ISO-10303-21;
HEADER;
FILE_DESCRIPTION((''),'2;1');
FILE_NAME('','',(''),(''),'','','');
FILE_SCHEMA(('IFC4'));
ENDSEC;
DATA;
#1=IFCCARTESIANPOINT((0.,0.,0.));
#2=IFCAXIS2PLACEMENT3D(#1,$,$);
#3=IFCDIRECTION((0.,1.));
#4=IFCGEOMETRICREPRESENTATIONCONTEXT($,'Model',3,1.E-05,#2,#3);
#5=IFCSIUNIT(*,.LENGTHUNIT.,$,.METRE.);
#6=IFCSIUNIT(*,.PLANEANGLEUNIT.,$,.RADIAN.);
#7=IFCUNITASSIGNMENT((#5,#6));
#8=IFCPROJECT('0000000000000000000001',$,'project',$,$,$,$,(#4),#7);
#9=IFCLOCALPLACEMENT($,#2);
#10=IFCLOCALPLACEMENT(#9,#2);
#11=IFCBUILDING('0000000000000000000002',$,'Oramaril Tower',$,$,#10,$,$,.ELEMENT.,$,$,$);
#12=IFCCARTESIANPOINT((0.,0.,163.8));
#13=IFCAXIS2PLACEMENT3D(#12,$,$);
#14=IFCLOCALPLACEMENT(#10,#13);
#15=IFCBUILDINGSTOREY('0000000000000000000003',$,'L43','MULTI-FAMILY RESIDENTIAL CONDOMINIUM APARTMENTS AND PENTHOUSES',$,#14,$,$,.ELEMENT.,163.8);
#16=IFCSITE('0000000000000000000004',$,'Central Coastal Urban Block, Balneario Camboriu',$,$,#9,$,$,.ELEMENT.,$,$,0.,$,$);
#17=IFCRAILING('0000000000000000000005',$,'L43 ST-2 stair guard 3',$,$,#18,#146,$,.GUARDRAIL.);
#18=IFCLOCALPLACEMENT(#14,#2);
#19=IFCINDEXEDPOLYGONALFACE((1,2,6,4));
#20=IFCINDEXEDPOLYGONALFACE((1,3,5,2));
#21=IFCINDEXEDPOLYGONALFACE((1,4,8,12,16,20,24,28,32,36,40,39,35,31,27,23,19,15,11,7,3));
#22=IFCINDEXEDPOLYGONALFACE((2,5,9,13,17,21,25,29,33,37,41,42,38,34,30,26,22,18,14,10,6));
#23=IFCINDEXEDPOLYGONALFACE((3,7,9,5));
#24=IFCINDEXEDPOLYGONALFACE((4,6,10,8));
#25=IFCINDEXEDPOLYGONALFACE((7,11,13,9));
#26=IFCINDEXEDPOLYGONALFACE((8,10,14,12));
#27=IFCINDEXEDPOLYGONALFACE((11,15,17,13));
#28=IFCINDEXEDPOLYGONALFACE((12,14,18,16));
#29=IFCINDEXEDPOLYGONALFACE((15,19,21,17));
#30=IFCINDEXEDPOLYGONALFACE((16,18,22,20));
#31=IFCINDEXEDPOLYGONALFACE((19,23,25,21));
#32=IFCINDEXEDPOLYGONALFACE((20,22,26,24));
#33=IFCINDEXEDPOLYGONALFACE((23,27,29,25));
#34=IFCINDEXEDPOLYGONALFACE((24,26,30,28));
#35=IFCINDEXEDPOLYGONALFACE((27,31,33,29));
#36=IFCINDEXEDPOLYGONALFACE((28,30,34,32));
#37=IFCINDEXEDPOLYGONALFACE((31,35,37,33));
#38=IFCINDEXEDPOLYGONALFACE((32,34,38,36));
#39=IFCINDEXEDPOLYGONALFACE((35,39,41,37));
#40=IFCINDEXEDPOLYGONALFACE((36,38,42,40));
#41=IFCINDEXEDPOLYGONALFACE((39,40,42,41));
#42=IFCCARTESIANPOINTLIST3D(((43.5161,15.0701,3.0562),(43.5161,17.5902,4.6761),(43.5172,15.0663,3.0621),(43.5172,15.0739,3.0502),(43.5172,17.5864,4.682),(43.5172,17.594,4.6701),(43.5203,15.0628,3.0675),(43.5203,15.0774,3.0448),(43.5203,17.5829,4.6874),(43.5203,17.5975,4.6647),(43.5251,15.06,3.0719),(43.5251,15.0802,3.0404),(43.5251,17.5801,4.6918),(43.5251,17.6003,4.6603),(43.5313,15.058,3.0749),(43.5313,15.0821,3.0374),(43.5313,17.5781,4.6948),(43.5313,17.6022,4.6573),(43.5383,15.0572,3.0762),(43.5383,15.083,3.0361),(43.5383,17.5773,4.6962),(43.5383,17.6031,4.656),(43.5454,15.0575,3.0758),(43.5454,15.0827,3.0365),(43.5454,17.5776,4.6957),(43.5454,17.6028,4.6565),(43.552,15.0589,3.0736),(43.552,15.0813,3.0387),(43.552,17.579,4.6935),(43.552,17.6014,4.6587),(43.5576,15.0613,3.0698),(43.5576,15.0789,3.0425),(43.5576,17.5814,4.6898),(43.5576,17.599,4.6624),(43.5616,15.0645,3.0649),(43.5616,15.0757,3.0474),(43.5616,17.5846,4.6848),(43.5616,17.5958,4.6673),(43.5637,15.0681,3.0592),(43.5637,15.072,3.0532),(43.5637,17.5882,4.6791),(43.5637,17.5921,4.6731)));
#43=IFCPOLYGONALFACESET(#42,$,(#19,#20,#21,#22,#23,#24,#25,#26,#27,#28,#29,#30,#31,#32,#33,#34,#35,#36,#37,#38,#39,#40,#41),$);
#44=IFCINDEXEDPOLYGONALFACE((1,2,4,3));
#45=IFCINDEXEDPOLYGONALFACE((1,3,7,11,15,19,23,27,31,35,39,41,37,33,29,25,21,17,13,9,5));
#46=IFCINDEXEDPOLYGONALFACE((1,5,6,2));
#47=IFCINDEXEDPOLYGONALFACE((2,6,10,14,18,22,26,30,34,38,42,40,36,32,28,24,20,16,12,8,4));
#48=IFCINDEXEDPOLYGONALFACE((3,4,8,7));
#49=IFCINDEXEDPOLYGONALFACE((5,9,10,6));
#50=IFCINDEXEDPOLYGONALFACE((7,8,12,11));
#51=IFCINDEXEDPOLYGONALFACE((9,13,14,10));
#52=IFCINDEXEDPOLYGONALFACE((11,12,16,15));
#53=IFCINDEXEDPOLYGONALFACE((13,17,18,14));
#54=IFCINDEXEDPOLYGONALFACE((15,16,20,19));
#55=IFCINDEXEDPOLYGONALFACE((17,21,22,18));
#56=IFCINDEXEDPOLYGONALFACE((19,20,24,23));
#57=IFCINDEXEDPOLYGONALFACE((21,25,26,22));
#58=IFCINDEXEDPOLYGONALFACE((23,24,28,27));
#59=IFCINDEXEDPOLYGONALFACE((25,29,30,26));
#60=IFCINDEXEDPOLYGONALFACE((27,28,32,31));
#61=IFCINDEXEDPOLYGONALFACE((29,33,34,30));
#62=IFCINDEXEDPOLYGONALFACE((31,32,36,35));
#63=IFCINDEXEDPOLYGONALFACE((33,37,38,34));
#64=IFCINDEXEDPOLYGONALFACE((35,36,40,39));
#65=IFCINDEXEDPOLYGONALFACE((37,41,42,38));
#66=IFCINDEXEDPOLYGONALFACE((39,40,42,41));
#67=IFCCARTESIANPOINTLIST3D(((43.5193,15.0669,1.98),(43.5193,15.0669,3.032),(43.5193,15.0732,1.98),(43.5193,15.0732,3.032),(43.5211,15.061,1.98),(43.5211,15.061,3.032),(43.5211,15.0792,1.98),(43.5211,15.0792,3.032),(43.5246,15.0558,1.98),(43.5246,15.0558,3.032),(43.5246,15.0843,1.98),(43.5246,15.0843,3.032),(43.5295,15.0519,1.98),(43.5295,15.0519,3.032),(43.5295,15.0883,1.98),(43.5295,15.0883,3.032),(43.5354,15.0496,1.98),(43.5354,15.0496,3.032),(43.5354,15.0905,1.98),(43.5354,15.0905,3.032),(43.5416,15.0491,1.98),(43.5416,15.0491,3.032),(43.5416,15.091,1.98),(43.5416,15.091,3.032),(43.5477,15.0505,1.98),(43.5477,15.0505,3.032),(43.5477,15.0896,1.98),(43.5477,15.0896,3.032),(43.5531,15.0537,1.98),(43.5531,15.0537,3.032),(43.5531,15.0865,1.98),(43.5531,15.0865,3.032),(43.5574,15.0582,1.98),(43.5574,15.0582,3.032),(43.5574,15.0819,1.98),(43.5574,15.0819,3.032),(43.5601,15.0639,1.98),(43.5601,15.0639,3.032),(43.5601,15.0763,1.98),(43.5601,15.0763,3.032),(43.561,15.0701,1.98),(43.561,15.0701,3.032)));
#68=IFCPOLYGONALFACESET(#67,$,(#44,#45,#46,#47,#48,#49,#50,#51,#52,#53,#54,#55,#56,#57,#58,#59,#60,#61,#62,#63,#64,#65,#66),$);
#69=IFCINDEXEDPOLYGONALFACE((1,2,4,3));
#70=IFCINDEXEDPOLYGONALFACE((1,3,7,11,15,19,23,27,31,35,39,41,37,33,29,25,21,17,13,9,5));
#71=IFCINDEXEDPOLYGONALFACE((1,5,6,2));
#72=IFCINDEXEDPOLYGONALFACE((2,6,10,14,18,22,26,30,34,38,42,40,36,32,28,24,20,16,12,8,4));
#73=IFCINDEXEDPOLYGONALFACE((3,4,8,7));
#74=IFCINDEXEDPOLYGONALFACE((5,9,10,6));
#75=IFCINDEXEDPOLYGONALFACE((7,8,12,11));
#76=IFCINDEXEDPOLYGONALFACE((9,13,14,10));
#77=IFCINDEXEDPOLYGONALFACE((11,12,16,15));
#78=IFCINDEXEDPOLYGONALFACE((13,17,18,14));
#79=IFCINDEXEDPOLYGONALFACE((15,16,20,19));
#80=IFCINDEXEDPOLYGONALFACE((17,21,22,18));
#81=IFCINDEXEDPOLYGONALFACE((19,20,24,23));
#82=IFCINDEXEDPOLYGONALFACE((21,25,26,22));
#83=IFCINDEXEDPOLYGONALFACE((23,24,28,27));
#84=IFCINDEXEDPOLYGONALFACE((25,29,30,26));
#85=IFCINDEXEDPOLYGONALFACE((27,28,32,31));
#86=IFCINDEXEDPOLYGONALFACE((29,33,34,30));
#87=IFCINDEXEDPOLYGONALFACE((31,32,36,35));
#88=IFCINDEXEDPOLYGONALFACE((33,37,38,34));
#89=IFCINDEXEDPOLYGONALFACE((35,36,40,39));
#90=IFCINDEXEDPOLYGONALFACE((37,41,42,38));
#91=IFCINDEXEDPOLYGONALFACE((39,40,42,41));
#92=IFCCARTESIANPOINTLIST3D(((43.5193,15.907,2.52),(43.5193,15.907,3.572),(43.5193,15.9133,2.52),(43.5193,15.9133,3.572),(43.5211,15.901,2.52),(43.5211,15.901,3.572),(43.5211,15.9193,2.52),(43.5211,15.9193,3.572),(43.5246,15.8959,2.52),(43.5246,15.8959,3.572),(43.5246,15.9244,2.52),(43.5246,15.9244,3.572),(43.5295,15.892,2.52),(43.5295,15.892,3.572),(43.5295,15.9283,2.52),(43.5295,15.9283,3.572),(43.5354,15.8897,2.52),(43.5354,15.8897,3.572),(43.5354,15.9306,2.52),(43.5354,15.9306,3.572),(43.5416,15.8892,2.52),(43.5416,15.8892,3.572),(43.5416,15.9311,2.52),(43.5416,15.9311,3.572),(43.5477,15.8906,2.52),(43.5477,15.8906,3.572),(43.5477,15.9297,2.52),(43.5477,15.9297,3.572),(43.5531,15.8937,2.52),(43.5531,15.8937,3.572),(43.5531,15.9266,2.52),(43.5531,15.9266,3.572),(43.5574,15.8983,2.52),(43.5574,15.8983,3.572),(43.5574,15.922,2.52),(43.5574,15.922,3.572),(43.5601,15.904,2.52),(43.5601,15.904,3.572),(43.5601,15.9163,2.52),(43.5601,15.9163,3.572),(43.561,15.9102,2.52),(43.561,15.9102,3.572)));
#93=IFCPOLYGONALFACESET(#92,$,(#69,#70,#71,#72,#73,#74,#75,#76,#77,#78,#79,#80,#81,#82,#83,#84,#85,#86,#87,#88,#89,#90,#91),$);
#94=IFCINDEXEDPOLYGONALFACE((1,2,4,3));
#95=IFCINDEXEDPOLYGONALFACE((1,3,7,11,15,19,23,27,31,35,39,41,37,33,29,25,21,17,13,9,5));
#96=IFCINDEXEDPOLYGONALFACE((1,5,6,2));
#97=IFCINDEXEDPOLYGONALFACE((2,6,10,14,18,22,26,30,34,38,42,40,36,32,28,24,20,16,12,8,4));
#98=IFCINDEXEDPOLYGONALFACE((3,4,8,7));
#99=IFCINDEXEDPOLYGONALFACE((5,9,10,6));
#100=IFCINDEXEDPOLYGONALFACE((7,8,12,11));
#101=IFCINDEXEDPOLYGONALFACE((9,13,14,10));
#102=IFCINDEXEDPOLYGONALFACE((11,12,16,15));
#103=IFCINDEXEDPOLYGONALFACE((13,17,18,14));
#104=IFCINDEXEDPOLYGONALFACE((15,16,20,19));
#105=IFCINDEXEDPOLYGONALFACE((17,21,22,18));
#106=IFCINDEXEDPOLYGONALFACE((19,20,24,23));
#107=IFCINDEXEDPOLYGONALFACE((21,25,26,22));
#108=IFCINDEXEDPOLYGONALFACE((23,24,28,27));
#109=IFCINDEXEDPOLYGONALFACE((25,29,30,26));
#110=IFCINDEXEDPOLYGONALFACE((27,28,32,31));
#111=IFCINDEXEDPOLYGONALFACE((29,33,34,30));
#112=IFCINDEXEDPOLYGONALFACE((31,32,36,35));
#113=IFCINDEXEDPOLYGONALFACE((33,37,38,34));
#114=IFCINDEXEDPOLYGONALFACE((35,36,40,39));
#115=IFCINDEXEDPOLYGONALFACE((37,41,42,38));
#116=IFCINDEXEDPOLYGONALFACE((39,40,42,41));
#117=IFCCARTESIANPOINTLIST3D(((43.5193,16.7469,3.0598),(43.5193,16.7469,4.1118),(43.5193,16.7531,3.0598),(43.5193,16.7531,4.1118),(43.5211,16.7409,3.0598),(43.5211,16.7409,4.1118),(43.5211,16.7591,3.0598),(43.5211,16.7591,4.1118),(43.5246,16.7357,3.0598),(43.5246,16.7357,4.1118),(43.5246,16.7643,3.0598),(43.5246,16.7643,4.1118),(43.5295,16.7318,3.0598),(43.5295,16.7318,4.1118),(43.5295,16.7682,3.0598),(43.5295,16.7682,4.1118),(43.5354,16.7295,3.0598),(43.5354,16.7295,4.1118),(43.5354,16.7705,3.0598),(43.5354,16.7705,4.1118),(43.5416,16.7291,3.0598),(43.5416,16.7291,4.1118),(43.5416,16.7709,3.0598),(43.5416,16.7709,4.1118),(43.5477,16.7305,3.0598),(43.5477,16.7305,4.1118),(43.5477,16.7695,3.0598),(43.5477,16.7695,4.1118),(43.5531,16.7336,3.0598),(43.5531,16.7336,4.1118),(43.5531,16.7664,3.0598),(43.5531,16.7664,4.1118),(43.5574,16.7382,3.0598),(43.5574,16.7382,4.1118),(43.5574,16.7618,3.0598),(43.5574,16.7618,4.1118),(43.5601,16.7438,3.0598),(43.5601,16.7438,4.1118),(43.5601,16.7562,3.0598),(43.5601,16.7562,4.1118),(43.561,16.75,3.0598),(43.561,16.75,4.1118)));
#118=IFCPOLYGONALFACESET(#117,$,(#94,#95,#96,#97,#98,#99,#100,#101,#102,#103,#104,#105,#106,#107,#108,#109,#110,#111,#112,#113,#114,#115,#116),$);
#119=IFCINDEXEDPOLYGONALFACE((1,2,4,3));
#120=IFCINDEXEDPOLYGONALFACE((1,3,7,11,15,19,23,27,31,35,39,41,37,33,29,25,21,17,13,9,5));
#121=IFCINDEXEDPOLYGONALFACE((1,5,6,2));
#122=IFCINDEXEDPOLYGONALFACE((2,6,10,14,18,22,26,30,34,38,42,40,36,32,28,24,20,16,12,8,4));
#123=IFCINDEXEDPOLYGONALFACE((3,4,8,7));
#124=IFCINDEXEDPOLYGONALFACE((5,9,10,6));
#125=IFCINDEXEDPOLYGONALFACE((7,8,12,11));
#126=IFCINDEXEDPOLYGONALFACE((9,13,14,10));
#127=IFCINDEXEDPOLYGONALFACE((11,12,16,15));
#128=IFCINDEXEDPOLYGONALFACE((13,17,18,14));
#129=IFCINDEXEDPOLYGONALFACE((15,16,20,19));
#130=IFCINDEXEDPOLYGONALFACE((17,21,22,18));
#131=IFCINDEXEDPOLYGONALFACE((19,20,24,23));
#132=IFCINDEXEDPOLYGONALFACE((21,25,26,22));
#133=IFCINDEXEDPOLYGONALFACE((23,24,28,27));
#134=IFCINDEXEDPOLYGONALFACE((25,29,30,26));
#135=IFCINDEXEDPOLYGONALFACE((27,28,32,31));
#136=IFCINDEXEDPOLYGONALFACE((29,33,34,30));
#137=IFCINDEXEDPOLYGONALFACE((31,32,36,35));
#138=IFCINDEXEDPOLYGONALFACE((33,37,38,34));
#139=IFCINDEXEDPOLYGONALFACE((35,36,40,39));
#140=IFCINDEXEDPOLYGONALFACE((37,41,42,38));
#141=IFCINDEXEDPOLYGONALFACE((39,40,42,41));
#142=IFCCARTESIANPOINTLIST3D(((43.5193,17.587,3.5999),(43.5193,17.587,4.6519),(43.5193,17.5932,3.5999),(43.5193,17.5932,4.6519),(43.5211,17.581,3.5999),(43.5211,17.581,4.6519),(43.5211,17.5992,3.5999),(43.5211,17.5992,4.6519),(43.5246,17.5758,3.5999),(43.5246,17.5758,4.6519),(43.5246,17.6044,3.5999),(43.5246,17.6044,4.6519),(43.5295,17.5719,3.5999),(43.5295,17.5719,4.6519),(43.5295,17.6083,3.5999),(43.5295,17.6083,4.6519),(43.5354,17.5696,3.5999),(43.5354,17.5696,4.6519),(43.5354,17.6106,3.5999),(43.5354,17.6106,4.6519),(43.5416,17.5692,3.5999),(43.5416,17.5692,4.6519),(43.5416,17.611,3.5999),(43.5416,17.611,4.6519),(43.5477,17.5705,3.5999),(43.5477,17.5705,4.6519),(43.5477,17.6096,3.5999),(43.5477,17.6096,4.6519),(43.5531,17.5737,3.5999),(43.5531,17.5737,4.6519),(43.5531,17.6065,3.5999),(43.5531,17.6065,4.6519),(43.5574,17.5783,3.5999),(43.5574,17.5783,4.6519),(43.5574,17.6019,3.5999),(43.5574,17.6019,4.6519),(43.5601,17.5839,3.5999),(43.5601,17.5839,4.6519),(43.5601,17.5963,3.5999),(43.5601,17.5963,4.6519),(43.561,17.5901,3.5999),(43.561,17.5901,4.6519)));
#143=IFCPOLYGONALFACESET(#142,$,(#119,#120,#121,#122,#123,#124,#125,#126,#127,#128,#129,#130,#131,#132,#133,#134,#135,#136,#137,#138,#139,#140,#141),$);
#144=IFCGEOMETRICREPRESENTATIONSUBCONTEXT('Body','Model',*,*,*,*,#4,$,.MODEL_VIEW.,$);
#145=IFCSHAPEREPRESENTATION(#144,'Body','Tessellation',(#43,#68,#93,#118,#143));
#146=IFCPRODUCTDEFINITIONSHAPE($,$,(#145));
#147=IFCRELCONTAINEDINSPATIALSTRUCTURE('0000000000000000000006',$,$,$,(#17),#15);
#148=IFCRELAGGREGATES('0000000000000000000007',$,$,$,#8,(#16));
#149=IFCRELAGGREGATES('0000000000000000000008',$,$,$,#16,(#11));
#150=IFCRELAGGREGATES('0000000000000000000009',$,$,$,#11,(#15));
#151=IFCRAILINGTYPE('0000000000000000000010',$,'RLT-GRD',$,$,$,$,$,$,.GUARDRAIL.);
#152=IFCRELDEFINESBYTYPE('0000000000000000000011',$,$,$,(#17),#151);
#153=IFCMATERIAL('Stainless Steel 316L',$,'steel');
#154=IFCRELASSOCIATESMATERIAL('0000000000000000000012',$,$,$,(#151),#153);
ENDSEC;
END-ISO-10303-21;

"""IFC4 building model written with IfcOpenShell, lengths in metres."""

from ifc_helpers import new_model, si_unit, direction, frame, origin, origin_2d, place, context, subcontext, project, spatial, circle, extrude, material, type_object, element, save


model = new_model("IFC4")

# Units and contexts
model_context = context("Model", 3, precision=1e-05, world=origin(), true_north=direction((0.0, 1.0)))
body_context = subcontext(model_context, "Body", "Model", "MODEL_VIEW")
ifc_project = project(units=[si_unit("LENGTHUNIT", "METRE"), si_unit("PLANEANGLEUNIT", "RADIAN")], contexts=[model_context])

# Site, building, storey
site_placement = place(None, origin())
site = spatial("IfcSite", under=ifc_project, at=site_placement, Name="Central Coastal Urban Block, Balneario Camboriu", CompositionType="ELEMENT", RefElevation=0.0)
building_placement = place(site_placement, origin())
building = spatial("IfcBuilding", under=site, at=building_placement, Name="Oramaril Tower", CompositionType="ELEMENT")
storey_placement = place(building_placement, frame((0.0, 0.0, 163.8)))
storey = spatial("IfcBuildingStorey", under=building, at=storey_placement, Name="L43", Description="MULTI-FAMILY RESIDENTIAL CONDOMINIUM APARTMENTS AND PENTHOUSES", CompositionType="ELEMENT", Elevation=163.8)

# Railing
ifc_material_1 = material(Name="Stainless Steel 316L", Category="steel")
railing_type_1 = type_object("IfcRailingType", Name="RLT-GRD", PredefinedType="GUARDRAIL", material=ifc_material_1)
railing_1_placement = place(storey_placement, frame((43.54, 15.0701, 1.98)))
element("IfcRailing", 1, at=railing_1_placement, inside=storey, type_object=railing_type_1, Name="L43 ST-2 stair guard 3", PredefinedType="GUARDRAIL", context=body_context, shape_type="SweptSolid", body=[
    extrude(circle(Radius=0.0239, at=origin_2d()), frame((0.0, 0.0, 1.0762), z_axis=(0.0, 0.8412, 0.540725), x_axis=(-1.0, 0.0, 0.0)), (0.0, 0.0, 1.0), 2.9958),
    extrude(circle(Radius=0.021, at=origin_2d()), origin(), (0.0, 0.0, 1.0), 1.052),
    extrude(circle(Radius=0.021, at=origin_2d()), frame((0.0, 0.8401, 0.54)), (0.0, 0.0, 1.0), 1.052),
    extrude(circle(Radius=0.021, at=origin_2d()), frame((0.0, 1.6799, 1.0798)), (0.0, 0.0, 1.0), 1.052),
    extrude(circle(Radius=0.021, at=origin_2d()), frame((0.0, 2.52, 1.6199)), (0.0, 0.0, 1.0), 1.052),
])

save(model, "model.ifc")
